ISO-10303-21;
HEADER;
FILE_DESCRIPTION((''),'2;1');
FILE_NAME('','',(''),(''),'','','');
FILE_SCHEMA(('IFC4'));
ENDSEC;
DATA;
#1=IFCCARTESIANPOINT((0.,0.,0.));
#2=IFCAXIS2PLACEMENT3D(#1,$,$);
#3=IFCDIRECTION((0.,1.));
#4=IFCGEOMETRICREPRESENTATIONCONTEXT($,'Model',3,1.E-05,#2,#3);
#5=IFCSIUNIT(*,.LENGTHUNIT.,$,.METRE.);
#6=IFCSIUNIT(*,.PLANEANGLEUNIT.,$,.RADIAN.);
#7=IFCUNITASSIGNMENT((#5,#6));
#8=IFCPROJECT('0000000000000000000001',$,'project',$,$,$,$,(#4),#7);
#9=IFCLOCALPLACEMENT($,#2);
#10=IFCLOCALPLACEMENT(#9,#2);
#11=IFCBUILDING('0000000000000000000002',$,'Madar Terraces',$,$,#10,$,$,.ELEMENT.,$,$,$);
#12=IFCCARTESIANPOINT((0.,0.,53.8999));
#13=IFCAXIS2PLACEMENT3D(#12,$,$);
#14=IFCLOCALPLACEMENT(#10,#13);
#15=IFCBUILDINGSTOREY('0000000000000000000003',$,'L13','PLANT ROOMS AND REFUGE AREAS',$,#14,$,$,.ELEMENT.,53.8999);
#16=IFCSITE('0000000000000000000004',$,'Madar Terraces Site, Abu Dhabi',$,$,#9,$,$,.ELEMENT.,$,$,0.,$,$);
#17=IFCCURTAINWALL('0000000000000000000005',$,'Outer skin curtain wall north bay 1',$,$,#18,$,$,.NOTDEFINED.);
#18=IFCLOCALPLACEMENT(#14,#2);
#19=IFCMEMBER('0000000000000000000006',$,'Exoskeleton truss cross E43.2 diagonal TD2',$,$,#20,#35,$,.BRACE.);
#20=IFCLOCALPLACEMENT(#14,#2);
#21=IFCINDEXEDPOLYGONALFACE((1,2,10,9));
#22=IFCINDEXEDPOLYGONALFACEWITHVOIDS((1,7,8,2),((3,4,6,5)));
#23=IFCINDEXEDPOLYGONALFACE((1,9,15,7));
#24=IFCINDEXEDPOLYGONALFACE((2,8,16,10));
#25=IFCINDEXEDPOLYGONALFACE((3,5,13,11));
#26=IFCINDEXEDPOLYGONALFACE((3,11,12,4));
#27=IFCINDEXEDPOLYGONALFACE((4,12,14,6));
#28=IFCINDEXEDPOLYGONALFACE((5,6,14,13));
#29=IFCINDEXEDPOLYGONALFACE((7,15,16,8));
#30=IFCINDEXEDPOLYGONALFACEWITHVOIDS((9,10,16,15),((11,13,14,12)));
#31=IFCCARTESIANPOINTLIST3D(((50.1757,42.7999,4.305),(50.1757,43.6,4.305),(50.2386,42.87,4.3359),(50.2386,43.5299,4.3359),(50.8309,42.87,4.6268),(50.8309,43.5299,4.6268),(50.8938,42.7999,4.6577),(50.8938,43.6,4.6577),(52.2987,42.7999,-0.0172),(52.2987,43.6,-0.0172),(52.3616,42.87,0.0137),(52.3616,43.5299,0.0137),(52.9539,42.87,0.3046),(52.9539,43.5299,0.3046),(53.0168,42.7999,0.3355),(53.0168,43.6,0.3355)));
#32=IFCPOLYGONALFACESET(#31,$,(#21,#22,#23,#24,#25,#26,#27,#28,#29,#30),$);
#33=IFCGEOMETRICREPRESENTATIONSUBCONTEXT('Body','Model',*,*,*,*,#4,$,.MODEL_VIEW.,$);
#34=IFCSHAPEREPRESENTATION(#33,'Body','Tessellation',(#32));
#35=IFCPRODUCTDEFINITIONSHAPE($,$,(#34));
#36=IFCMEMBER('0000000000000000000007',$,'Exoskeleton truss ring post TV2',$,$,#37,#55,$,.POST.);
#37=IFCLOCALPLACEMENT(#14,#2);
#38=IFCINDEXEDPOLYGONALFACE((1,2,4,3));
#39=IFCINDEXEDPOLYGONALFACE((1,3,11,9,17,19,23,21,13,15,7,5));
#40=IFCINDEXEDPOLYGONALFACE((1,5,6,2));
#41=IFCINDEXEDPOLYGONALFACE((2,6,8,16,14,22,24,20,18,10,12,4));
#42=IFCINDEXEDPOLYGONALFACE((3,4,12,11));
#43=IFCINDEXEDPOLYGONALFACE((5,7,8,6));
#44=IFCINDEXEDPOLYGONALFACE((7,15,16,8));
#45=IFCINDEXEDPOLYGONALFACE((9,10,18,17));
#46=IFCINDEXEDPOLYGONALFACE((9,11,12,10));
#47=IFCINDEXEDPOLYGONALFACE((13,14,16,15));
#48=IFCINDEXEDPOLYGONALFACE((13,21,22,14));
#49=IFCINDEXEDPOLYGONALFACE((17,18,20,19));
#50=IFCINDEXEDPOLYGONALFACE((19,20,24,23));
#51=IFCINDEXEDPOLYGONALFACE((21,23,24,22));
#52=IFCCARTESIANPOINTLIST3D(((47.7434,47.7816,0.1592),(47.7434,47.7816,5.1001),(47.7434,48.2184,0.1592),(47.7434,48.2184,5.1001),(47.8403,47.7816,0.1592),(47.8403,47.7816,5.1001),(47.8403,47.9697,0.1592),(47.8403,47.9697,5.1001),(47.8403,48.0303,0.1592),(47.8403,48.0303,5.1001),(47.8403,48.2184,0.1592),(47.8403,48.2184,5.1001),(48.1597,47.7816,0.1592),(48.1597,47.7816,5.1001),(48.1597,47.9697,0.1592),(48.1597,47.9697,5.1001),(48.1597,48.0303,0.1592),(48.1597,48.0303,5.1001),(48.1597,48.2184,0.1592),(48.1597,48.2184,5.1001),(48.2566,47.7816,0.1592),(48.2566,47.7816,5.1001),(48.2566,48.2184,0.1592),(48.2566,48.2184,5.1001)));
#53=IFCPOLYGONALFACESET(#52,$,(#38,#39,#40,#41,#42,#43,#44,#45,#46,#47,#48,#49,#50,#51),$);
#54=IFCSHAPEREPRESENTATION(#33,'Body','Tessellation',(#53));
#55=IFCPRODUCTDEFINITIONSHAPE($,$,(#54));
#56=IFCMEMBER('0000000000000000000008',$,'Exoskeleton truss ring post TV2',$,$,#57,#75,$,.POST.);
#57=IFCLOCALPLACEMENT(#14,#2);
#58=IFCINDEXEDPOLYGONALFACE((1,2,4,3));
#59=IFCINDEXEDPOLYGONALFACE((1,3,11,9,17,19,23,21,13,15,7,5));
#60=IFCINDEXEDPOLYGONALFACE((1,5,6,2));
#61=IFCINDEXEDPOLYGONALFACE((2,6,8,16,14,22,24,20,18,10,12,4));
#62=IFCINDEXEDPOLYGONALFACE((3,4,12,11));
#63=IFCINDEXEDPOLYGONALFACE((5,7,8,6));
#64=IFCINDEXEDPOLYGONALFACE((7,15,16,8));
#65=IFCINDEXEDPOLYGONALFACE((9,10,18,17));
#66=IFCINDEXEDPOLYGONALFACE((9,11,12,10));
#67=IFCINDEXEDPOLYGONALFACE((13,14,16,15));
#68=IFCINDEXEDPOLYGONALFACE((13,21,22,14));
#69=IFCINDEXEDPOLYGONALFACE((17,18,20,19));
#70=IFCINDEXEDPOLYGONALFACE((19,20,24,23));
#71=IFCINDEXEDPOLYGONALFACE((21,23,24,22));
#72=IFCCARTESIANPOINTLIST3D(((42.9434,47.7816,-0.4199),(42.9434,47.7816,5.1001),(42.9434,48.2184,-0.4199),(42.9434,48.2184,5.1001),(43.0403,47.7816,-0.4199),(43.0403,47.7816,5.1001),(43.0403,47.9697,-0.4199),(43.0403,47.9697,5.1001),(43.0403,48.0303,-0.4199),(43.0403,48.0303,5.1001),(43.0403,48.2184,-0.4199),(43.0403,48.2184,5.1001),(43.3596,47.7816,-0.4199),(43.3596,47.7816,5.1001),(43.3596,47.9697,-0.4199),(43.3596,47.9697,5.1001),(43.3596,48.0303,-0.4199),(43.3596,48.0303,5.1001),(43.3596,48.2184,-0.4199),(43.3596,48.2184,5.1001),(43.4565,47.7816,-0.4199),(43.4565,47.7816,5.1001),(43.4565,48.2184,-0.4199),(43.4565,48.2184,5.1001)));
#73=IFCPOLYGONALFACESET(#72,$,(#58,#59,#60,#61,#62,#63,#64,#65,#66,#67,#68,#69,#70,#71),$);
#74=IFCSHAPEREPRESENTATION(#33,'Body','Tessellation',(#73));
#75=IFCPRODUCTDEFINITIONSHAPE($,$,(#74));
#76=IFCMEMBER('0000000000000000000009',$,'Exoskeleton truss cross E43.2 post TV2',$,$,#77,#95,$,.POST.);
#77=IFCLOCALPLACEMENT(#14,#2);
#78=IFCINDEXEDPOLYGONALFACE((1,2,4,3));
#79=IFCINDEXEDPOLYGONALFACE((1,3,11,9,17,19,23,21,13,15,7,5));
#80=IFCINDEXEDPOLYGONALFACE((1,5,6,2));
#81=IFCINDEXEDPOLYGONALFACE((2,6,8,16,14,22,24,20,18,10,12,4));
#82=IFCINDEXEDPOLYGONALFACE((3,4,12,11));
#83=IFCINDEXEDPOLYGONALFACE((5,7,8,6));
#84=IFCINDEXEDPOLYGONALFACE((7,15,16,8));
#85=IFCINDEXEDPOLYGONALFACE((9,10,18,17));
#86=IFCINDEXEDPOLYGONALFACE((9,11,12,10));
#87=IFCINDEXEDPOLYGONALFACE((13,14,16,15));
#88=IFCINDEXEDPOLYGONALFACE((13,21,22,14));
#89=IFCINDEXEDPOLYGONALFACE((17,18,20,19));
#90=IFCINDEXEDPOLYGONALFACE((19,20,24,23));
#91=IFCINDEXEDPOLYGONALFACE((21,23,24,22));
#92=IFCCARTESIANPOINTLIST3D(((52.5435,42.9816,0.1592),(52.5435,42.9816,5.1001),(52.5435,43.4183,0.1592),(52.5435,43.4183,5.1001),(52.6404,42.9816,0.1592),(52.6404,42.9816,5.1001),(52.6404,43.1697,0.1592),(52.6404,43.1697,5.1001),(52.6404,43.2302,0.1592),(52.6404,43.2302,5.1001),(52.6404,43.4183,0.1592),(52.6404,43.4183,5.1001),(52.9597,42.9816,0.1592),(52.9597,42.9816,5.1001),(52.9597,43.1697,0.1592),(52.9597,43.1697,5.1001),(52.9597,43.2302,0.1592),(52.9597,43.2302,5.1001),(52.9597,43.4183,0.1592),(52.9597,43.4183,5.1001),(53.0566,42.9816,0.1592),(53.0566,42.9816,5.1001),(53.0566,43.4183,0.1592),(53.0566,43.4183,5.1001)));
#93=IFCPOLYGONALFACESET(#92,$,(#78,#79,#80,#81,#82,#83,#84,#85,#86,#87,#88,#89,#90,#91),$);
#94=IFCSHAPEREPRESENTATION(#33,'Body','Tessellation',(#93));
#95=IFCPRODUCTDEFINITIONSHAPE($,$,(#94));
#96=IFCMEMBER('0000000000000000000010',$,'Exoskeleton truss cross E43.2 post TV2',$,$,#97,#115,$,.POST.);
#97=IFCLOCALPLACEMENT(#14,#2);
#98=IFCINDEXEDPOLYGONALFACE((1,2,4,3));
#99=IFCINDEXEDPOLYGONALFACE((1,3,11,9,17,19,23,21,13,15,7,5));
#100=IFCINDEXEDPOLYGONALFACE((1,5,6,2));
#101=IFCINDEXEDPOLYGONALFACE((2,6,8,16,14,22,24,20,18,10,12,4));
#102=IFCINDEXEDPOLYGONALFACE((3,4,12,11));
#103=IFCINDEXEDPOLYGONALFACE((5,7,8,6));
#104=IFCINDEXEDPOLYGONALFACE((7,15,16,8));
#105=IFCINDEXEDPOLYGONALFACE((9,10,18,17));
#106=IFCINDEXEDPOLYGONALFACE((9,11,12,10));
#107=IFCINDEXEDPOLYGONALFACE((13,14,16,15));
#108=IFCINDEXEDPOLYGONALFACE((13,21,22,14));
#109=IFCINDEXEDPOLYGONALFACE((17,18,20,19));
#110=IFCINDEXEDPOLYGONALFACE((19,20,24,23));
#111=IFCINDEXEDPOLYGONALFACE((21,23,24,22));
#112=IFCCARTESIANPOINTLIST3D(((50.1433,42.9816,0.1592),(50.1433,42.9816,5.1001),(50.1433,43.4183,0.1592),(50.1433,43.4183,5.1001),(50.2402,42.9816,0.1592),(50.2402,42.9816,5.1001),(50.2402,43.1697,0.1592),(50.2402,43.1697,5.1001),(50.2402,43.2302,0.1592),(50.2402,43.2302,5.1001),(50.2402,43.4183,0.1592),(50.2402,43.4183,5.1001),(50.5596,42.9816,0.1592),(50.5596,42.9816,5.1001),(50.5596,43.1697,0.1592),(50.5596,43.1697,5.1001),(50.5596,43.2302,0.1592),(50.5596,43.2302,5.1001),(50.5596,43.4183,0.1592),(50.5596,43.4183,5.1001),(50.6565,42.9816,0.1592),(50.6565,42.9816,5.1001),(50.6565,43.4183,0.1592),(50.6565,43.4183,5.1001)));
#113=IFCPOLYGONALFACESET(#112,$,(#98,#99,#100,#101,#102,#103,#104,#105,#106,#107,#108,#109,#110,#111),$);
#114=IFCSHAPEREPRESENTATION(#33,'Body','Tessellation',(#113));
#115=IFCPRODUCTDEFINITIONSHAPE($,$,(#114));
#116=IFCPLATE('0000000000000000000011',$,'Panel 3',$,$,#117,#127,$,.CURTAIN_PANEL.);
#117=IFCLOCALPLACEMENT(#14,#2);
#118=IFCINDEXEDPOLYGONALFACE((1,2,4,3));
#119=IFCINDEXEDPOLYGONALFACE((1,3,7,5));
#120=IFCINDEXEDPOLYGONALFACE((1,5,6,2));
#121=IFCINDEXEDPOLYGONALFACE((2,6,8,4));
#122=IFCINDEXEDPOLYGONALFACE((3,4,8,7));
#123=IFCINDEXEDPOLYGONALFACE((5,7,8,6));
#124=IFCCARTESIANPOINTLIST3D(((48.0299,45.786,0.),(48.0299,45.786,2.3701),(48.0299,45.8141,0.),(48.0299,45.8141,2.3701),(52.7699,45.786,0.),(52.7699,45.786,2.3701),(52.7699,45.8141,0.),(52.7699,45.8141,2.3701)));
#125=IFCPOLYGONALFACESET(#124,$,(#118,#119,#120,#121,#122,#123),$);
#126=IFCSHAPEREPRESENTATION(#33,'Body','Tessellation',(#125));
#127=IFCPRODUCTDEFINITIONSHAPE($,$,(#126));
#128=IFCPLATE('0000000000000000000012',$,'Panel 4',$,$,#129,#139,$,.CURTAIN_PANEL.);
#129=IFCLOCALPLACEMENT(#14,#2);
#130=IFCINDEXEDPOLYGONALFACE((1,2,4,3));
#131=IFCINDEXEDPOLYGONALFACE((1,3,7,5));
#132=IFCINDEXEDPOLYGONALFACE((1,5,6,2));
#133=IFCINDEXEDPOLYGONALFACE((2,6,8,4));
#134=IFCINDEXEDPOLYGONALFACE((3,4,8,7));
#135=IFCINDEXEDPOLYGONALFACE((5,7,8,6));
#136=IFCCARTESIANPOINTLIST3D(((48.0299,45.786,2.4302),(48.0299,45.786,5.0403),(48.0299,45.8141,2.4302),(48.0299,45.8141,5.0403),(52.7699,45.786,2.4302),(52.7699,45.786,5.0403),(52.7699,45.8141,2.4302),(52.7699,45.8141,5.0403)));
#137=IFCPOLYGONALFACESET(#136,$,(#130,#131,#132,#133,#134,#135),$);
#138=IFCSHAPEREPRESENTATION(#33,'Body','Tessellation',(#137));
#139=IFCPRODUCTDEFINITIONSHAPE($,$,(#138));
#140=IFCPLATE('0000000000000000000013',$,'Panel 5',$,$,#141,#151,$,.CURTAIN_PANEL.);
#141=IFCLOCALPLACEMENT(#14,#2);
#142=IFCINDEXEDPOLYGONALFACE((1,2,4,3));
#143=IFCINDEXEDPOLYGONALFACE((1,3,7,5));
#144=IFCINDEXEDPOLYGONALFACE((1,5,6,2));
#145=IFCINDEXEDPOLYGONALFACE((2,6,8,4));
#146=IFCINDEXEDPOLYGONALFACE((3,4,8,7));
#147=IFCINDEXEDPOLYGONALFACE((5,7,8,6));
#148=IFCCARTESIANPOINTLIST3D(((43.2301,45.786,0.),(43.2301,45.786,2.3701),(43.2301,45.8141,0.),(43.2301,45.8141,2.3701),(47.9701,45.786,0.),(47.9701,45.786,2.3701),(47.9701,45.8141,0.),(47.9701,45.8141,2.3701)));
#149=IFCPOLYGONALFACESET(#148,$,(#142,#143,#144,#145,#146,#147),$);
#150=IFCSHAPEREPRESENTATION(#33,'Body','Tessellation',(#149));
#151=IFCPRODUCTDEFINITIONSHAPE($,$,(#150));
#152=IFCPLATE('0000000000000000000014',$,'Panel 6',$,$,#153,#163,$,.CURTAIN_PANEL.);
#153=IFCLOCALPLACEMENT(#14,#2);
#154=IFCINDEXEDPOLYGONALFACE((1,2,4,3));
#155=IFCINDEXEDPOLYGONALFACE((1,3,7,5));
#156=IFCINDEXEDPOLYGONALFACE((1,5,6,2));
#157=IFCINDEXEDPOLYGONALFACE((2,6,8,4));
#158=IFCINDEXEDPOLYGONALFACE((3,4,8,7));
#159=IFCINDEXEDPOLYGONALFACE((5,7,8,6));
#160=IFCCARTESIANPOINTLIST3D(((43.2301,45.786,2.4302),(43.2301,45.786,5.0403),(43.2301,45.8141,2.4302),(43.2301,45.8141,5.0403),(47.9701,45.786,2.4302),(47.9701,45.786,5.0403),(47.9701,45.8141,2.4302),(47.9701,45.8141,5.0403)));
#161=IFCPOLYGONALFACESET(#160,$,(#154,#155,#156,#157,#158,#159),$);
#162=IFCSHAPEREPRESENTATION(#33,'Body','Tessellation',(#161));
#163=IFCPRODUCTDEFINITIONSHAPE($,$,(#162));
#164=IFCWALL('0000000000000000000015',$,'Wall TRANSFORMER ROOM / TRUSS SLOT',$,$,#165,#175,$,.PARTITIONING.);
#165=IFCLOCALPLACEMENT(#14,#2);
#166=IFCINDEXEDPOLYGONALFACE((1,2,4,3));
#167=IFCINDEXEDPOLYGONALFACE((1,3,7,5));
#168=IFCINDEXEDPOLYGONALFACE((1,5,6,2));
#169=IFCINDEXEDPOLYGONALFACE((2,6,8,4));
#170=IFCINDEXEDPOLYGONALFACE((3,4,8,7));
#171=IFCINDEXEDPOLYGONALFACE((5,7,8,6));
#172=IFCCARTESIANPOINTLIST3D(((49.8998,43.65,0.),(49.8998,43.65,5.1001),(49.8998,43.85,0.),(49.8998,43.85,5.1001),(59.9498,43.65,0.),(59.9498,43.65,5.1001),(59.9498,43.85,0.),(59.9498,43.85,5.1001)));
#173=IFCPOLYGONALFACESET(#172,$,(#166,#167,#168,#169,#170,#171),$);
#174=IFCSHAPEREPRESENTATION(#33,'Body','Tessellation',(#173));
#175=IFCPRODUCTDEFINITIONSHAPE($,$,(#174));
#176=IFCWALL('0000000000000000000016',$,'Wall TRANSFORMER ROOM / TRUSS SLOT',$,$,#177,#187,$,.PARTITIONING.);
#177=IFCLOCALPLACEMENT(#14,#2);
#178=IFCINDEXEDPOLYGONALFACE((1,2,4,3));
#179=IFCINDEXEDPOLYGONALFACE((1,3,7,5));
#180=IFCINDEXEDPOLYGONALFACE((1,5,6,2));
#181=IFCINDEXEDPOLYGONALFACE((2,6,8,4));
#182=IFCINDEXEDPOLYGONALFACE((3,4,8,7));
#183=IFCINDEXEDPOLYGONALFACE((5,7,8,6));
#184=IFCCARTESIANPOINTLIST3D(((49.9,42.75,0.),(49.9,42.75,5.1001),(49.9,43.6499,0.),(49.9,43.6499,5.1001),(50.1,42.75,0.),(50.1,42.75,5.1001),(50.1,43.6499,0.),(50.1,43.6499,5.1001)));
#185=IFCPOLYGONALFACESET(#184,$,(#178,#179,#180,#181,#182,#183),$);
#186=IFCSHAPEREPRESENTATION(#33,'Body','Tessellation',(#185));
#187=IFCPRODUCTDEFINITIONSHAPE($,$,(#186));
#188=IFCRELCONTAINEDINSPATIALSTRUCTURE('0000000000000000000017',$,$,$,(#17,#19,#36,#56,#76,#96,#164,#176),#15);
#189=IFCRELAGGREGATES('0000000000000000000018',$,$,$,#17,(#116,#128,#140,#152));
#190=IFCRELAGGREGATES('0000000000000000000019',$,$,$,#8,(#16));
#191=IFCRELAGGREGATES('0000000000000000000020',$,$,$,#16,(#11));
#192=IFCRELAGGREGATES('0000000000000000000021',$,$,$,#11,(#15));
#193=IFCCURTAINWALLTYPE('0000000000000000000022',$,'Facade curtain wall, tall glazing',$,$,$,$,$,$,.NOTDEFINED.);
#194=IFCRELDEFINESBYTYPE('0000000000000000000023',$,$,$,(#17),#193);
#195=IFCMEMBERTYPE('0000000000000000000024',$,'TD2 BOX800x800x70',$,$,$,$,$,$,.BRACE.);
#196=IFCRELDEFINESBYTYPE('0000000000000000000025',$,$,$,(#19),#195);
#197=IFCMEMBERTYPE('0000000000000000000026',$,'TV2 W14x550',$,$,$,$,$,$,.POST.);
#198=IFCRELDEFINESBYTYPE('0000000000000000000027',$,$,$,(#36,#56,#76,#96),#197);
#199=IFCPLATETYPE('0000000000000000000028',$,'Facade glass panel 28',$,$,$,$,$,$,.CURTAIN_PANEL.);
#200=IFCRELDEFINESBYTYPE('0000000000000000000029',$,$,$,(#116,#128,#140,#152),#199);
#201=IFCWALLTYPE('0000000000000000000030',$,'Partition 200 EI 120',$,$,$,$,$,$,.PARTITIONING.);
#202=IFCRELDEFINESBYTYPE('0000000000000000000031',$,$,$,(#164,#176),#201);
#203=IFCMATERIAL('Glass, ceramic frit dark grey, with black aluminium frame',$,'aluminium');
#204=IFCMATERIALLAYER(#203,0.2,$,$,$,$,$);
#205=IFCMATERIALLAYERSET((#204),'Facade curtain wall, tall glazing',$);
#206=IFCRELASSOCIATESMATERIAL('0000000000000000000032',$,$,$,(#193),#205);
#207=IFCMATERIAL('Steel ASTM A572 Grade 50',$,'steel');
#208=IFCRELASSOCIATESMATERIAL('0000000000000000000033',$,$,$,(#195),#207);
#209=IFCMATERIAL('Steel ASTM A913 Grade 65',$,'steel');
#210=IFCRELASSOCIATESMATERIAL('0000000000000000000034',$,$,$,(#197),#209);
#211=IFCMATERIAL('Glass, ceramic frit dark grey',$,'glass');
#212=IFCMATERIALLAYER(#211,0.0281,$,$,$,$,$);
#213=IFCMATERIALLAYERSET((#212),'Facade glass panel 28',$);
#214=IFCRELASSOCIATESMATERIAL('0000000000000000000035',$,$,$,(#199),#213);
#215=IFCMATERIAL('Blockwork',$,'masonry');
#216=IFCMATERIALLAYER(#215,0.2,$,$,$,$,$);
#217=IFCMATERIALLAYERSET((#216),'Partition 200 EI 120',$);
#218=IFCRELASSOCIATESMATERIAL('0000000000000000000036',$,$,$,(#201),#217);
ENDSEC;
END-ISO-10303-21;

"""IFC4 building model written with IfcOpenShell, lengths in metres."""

from ifc_helpers import new_model, si_unit, direction, frame, frame_2d, origin, origin_2d, place, context, subcontext, project, spatial, rectangle, hollow_rectangle, i_section, extrude, material, layer, layer_set, material_profile, profile_set, type_object, element, aggregate, save


model = new_model("IFC4")

# Units and contexts
model_context = context("Model", 3, precision=1e-05, world=origin(), true_north=direction((0.0, 1.0)))
body_context = subcontext(model_context, "Body", "Model", "MODEL_VIEW")
ifc_project = project(units=[si_unit("LENGTHUNIT", "METRE"), si_unit("PLANEANGLEUNIT", "RADIAN")], contexts=[model_context])

# Site, building, storey
site_placement = place(None, origin())
site = spatial("IfcSite", under=ifc_project, at=site_placement, Name="Madar Terraces Site, Abu Dhabi", CompositionType="ELEMENT", RefElevation=0.0)
building_placement = place(site_placement, origin())
building = spatial("IfcBuilding", under=site, at=building_placement, Name="Madar Terraces", CompositionType="ELEMENT")
storey_placement = place(building_placement, frame((0.0, 0.0, 53.8999)))
storey = spatial("IfcBuildingStorey", under=building, at=storey_placement, Name="L13", Description="PLANT ROOMS AND REFUGE AREAS", CompositionType="ELEMENT", Elevation=53.8999)

# Curtain wall
ifc_material_1 = material(Name="Glass, ceramic frit dark grey, with black aluminium frame", Category="aluminium")
ifc_layer_1 = layer(ifc_material_1, 0.2)
ifc_layer_set_1 = layer_set([ifc_layer_1], Name="Facade curtain wall, tall glazing")
curtain_wall_type = type_object("IfcCurtainWallType", Name="Facade curtain wall, tall glazing", PredefinedType="NOTDEFINED", material=ifc_layer_set_1)
curtain_wall_placement = place(storey_placement, origin())
curtain_wall = element("IfcCurtainWall", 1, at=curtain_wall_placement, inside=storey, type_object=curtain_wall_type, Name="Outer skin curtain wall north bay 1", PredefinedType="NOTDEFINED")

# Members
ifc_material_2 = material(Name="Steel ASTM A572 Grade 50", Category="steel")
ifc_material_profile_1 = material_profile(ifc_material_2, hollow_rectangle(XDim=0.8, YDim=0.8, WallThickness=0.0701, at=origin_2d()), Name="BOX800x800x70")
ifc_profile_set_1 = profile_set([ifc_material_profile_1], Name="Steel ASTM A572 Grade 50")
member_type_1 = type_object("IfcMemberType", Name="TD2 BOX800x800x70", PredefinedType="BRACE", material=ifc_profile_set_1)
member_1_placement = place(storey_placement, frame((52.6577, 43.2, 0.1592), z_axis=(-0.440875, 0.0, 0.897568), x_axis=(0.0, -1.0, 0.0)))
element("IfcMember", 2, at=member_1_placement, inside=storey, type_object=member_type_1, Name="Exoskeleton truss cross E43.2 diagonal TD2", PredefinedType="BRACE", context=body_context, shape_type="SweptSolid", body=[
    extrude(hollow_rectangle(XDim=0.8, YDim=0.8, WallThickness=0.0701, at=origin_2d()), origin(), (0.0, 0.0, 1.0), 4.8154),
])
ifc_material_3 = material(Name="Steel ASTM A913 Grade 65", Category="steel")
ifc_material_profile_2 = material_profile(ifc_material_3, i_section(OverallWidth=0.4368, OverallDepth=0.5132, WebThickness=0.0605, FlangeThickness=0.0969, at=origin_2d()), Name="W14x550")
ifc_profile_set_2 = profile_set([ifc_material_profile_2], Name="Steel ASTM A913 Grade 65")
member_type_2 = type_object("IfcMemberType", Name="TV2 W14x550", PredefinedType="POST", material=ifc_profile_set_2)
member_2_placement = place(storey_placement, frame((48.0, 48.0, 0.1592), z_axis=(0.0, 0.0, 1.0), x_axis=(0.0, -1.0, 0.0)))
element("IfcMember", 3, at=member_2_placement, inside=storey, type_object=member_type_2, Name="Exoskeleton truss ring post TV2", PredefinedType="POST", context=body_context, shape_type="SweptSolid", body=[
    extrude(i_section(OverallWidth=0.4368, OverallDepth=0.5132, WebThickness=0.0605, FlangeThickness=0.0969, at=origin_2d()), origin(), (0.0, 0.0, 1.0), 4.9409),
])
member_3_placement = place(storey_placement, frame((43.2, 48.0, -0.4199), z_axis=(0.0, 0.0, 1.0), x_axis=(0.0, -1.0, 0.0)))
element("IfcMember", 4, at=member_3_placement, inside=storey, type_object=member_type_2, Name="Exoskeleton truss ring post TV2", PredefinedType="POST", context=body_context, shape_type="SweptSolid", body=[
    extrude(i_section(OverallWidth=0.4368, OverallDepth=0.5132, WebThickness=0.0605, FlangeThickness=0.0969, at=origin_2d()), origin(), (0.0, 0.0, 1.0), 5.52),
])
for number, where, z_axis, x_axis, name in (
    (5, (52.8, 43.2, 0.1592), (0.0, 0.0, 1.0), (0.0, 1.0, 0.0), "Exoskeleton truss cross E43.2 post TV2"),
    (6, (50.3999, 43.2, 0.1592), (0.0, 0.0, 1.0), (0.0, 1.0, 0.0), "Exoskeleton truss cross E43.2 post TV2"),
):
    element("IfcMember", number, at=place(storey_placement, frame(where, z_axis=z_axis, x_axis=x_axis)), inside=storey, type_object=member_type_2, Name=name, PredefinedType="POST", context=body_context, shape_type="SweptSolid", body=[
        extrude(i_section(OverallWidth=0.4368, OverallDepth=0.5132, WebThickness=0.0605, FlangeThickness=0.0969, at=origin_2d()), origin(), (0.0, 0.0, 1.0), 4.9409),
    ])

# Plates
ifc_material_4 = material(Name="Glass, ceramic frit dark grey", Category="glass")
ifc_layer_2 = layer(ifc_material_4, 0.0281)
ifc_layer_set_2 = layer_set([ifc_layer_2], Name="Facade glass panel 28")
plate_type = type_object("IfcPlateType", Name="Facade glass panel 28", PredefinedType="CURTAIN_PANEL", material=ifc_layer_set_2)
plate_1_placement = place(storey_placement, frame((50.3999, 45.8, 0.0), z_axis=(0.0, 0.0, 1.0), x_axis=(-1.0, 0.0, 0.0)))
plate_1 = element("IfcPlate", 7, at=plate_1_placement, type_object=plate_type, Name="Panel 3", PredefinedType="CURTAIN_PANEL", context=body_context, shape_type="SweptSolid", body=[
    extrude(rectangle(XDim=4.74, YDim=0.0281, at=origin_2d()), origin(), (0.0, 0.0, 1.0), 2.3701),
])
plate_2_placement = place(storey_placement, frame((50.3999, 45.8, 2.4302), z_axis=(0.0, 0.0, 1.0), x_axis=(-1.0, 0.0, 0.0)))
plate_2 = element("IfcPlate", 8, at=plate_2_placement, type_object=plate_type, Name="Panel 4", PredefinedType="CURTAIN_PANEL", context=body_context, shape_type="SweptSolid", body=[
    extrude(rectangle(XDim=4.74, YDim=0.0281, at=origin_2d()), origin(), (0.0, 0.0, 1.0), 2.6101),
])
plate_3_placement = place(storey_placement, frame((45.6001, 45.8, 0.0), z_axis=(0.0, 0.0, 1.0), x_axis=(-1.0, 0.0, 0.0)))
plate_3 = element("IfcPlate", 9, at=plate_3_placement, type_object=plate_type, Name="Panel 5", PredefinedType="CURTAIN_PANEL", context=body_context, shape_type="SweptSolid", body=[
    extrude(rectangle(XDim=4.74, YDim=0.0281, at=origin_2d()), origin(), (0.0, 0.0, 1.0), 2.3701),
])
plate_4_placement = place(storey_placement, frame((45.6001, 45.8, 2.4302), z_axis=(0.0, 0.0, 1.0), x_axis=(-1.0, 0.0, 0.0)))
plate_4 = element("IfcPlate", 10, at=plate_4_placement, type_object=plate_type, Name="Panel 6", PredefinedType="CURTAIN_PANEL", context=body_context, shape_type="SweptSolid", body=[
    extrude(rectangle(XDim=4.74, YDim=0.0281, at=origin_2d()), origin(), (0.0, 0.0, 1.0), 2.6101),
])
aggregate(curtain_wall, [plate_1, plate_2, plate_3, plate_4])

# Walls
ifc_material_5 = material(Name="Blockwork", Category="masonry")
ifc_layer_3 = layer(ifc_material_5, 0.2)
ifc_layer_set_3 = layer_set([ifc_layer_3], Name="Partition 200 EI 120")
wall_type = type_object("IfcWallType", Name="Partition 200 EI 120", PredefinedType="PARTITIONING", material=ifc_layer_set_3)
wall_1_placement = place(storey_placement, frame((49.8999, 43.75, 0.0), z_axis=(0.0, 0.0, 1.0), x_axis=(1.0, 0.0, 0.0)))
element("IfcWall", 11, at=wall_1_placement, inside=storey, type_object=wall_type, Name="Wall TRANSFORMER ROOM / TRUSS SLOT", PredefinedType="PARTITIONING", context=body_context, shape_type="SweptSolid", body=[
    extrude(rectangle(XDim=10.05, YDim=0.2, at=frame_2d((5.0249, 0.0))), origin(), (0.0, 0.0, 1.0), 5.1001),
])
wall_2_placement = place(storey_placement, frame((50.0, 42.75, 0.0), z_axis=(0.0, 0.0, 1.0), x_axis=(0.0, 1.0, 0.0)))
element("IfcWall", 12, at=wall_2_placement, inside=storey, type_object=wall_type, Name="Wall TRANSFORMER ROOM / TRUSS SLOT", PredefinedType="PARTITIONING", context=body_context, shape_type="SweptSolid", body=[
    extrude(rectangle(XDim=0.8999, YDim=0.2, at=frame_2d((0.45, 0.0))), origin(), (0.0, 0.0, 1.0), 5.1001),
])

save(model, "model.ifc")
